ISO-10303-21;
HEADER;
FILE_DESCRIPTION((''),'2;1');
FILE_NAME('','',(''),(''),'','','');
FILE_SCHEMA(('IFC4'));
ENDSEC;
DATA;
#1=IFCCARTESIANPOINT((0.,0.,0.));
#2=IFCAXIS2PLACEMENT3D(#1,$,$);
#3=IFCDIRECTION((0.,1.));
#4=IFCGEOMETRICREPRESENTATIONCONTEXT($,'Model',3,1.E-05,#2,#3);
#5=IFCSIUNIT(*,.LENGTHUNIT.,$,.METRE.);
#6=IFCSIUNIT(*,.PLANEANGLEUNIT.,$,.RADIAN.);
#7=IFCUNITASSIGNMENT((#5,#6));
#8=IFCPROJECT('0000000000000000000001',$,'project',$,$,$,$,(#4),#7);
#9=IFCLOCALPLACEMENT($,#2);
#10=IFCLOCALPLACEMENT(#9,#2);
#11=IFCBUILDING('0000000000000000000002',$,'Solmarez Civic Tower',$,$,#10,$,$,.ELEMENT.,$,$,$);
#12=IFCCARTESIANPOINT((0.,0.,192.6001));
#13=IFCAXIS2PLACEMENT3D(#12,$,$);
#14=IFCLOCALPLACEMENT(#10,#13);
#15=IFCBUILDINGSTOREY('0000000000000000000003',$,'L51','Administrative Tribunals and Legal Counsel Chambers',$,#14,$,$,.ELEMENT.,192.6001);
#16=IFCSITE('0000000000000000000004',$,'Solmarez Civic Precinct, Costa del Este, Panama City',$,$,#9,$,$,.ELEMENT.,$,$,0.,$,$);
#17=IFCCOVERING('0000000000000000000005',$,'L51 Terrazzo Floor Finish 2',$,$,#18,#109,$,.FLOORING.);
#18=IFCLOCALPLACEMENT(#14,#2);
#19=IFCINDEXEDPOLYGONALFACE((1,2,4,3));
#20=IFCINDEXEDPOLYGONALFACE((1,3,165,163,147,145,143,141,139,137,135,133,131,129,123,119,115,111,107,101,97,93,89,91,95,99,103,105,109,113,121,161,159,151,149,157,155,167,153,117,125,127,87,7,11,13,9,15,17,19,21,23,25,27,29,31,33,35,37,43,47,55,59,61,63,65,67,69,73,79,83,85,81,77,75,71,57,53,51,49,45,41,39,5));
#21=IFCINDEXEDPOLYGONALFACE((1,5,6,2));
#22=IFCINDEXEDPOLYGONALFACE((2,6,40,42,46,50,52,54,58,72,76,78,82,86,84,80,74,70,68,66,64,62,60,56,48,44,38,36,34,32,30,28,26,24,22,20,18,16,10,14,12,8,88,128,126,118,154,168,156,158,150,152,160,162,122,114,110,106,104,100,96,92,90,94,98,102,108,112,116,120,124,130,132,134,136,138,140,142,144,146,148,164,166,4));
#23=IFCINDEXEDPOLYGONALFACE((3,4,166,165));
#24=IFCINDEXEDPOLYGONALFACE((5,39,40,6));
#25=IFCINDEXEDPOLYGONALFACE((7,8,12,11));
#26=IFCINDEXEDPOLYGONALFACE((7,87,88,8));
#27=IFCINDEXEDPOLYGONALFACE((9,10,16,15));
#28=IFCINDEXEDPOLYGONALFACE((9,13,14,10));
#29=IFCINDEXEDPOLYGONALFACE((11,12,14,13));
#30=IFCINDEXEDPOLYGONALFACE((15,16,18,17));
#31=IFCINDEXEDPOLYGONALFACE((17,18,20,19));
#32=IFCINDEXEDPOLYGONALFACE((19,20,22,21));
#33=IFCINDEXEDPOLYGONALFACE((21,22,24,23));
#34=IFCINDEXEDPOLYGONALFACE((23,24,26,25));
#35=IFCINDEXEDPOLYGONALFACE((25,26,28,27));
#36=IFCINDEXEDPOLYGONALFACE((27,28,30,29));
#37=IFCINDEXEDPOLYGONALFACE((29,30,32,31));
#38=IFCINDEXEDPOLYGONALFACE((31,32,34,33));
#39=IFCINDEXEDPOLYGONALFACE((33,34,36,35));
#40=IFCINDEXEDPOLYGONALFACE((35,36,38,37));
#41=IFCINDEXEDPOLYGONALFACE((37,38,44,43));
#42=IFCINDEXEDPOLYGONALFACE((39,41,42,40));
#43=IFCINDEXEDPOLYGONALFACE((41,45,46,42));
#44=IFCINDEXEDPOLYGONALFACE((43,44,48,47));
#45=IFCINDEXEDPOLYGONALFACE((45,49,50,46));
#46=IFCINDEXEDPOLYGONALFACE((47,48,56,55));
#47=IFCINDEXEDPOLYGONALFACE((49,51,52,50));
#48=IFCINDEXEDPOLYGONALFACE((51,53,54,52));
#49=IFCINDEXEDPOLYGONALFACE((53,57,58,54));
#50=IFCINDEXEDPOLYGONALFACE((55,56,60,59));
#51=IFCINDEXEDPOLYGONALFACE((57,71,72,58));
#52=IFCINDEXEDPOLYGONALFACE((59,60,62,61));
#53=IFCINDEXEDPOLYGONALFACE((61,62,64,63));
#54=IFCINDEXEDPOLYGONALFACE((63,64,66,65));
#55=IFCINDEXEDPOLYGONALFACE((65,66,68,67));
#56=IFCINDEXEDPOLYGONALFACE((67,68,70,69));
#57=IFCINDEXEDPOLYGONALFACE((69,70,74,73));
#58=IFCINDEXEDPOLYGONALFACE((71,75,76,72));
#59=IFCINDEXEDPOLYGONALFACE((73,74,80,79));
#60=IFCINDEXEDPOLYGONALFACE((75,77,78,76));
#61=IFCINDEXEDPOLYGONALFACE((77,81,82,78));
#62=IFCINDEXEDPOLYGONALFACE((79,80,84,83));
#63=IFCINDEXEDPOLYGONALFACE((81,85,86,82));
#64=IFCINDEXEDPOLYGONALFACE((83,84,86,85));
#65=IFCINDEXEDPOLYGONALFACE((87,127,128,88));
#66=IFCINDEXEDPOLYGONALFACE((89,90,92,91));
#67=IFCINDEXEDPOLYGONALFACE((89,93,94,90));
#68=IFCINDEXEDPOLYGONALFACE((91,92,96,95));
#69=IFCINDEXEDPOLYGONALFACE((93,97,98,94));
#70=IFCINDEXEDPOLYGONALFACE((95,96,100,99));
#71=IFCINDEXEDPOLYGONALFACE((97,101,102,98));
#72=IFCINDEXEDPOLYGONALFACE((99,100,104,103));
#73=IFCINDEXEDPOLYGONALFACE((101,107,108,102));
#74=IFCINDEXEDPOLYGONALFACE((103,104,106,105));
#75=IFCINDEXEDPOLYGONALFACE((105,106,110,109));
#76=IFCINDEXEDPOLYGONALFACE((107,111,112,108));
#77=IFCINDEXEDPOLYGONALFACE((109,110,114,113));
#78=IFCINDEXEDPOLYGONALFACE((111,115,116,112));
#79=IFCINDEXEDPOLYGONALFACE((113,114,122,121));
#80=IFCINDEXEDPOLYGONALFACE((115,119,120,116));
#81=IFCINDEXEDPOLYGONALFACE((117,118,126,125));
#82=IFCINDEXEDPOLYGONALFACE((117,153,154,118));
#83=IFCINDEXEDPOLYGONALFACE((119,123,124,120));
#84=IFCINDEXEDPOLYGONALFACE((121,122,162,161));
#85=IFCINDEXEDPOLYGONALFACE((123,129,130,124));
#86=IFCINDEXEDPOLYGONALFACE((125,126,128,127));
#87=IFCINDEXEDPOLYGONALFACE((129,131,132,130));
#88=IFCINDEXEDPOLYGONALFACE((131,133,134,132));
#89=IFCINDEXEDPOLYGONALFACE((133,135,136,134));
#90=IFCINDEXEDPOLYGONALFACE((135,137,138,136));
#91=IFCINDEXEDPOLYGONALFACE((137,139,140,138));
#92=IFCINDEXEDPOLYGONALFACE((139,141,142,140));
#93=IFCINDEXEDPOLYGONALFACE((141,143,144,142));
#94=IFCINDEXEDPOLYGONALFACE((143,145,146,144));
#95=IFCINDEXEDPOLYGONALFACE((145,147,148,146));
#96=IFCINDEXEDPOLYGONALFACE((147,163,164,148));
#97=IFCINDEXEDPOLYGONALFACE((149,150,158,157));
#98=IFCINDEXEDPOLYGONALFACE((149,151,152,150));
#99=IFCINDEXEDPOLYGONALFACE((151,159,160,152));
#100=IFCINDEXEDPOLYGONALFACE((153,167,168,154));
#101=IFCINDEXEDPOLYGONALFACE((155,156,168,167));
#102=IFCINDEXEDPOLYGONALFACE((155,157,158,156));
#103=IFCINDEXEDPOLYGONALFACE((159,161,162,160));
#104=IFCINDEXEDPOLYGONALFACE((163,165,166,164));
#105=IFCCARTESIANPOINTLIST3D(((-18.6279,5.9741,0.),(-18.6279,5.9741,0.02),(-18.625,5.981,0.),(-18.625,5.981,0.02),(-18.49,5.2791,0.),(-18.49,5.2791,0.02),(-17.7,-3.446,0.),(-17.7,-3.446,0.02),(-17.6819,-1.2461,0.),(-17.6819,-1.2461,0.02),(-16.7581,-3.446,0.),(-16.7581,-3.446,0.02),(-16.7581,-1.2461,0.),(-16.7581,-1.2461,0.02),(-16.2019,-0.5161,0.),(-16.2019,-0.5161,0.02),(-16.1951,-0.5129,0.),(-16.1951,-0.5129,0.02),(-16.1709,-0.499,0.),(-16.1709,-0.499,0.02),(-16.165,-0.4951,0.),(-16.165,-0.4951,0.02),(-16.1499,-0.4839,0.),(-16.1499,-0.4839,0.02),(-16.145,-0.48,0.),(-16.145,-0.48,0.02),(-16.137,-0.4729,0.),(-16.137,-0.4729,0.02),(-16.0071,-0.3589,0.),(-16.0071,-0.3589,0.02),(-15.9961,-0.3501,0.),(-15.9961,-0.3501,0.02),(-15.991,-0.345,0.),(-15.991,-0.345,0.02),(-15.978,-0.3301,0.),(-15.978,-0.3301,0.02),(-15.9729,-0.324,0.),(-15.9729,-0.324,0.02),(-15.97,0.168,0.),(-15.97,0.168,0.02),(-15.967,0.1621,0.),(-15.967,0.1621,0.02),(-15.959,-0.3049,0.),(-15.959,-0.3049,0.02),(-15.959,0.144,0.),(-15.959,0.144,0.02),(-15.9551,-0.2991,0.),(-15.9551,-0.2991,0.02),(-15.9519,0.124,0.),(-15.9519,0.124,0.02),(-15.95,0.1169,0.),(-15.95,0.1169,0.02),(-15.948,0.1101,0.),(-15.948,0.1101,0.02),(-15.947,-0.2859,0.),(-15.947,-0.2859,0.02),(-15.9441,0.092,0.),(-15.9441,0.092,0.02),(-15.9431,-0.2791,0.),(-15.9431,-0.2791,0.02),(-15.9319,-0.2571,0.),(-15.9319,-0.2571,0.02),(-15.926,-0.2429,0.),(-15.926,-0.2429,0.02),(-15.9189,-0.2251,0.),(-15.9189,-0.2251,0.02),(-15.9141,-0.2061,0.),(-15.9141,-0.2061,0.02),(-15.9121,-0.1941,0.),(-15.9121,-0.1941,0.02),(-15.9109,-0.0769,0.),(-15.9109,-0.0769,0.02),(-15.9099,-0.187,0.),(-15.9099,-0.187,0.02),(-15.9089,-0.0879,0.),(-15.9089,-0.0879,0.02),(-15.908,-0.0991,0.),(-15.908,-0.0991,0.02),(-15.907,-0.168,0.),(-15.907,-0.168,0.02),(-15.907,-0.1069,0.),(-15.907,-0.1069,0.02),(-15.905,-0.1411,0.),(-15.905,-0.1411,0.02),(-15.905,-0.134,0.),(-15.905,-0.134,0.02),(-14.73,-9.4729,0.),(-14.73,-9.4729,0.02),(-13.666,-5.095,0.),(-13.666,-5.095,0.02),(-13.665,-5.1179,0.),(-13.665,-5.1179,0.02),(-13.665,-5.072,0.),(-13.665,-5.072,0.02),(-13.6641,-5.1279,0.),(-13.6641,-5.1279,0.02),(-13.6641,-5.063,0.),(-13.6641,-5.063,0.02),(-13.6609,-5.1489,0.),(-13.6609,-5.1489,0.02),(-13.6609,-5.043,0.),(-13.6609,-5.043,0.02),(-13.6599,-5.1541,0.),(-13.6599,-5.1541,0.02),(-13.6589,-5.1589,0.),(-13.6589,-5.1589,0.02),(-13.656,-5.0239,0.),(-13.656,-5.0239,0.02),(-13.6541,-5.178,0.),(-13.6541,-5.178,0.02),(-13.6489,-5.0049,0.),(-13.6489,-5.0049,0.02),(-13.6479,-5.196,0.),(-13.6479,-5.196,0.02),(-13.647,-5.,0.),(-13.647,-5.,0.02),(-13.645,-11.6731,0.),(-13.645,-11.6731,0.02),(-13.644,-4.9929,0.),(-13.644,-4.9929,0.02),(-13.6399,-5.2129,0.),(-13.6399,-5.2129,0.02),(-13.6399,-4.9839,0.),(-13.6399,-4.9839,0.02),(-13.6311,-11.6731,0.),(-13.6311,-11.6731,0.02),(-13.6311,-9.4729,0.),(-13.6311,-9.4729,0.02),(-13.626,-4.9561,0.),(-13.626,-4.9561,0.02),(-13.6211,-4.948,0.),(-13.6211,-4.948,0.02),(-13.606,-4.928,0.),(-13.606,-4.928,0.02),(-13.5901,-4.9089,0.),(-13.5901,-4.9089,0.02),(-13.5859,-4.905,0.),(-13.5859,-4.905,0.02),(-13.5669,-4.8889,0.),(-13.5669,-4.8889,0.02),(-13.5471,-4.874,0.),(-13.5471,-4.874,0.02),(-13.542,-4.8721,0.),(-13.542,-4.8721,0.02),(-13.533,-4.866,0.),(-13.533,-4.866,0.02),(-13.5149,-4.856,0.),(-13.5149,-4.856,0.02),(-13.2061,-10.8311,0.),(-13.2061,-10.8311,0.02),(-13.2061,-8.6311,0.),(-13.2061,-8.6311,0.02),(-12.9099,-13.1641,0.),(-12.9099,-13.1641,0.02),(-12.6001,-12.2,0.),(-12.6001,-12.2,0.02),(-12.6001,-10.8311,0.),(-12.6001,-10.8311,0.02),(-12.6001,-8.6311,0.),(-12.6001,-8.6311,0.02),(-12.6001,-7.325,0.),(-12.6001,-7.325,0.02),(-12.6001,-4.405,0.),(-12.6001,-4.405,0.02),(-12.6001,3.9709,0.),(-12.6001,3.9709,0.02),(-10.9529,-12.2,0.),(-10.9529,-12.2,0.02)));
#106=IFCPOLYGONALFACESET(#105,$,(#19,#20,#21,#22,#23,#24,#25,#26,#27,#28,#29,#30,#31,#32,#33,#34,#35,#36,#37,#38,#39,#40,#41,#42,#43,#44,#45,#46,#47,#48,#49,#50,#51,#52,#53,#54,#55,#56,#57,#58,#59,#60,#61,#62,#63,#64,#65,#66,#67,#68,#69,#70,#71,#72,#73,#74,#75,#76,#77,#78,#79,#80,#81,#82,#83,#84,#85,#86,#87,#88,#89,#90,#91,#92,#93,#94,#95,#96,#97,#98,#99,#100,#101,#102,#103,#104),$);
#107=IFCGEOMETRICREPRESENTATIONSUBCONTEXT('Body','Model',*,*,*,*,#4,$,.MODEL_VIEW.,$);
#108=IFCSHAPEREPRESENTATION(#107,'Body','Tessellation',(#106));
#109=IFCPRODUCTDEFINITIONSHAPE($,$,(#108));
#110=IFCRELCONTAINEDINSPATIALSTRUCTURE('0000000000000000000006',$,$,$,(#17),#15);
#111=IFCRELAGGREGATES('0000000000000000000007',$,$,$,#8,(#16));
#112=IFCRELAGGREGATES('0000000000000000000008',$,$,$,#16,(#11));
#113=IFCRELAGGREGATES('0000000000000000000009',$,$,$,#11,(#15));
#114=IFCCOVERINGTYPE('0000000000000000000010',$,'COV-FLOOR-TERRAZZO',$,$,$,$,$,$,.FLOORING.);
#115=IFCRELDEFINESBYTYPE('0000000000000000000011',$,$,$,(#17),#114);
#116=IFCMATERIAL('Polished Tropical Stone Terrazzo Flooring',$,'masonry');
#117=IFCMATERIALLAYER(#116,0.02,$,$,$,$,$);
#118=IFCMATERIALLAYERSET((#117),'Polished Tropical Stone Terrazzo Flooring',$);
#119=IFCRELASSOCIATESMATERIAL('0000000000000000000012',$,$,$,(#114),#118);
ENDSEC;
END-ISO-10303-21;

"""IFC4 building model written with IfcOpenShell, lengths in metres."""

from ifc_helpers import new_model, si_unit, direction, frame, origin, place, context, subcontext, project, spatial, polyline, outline, extrude, material, layer, layer_set, type_object, element, save


model = new_model("IFC4")

# Units and contexts
model_context = context("Model", 3, precision=1e-05, world=origin(), true_north=direction((0.0, 1.0)))
body_context = subcontext(model_context, "Body", "Model", "MODEL_VIEW")
ifc_project = project(units=[si_unit("LENGTHUNIT", "METRE"), si_unit("PLANEANGLEUNIT", "RADIAN")], contexts=[model_context])

# Site, building, storey
site_placement = place(None, origin())
site = spatial("IfcSite", under=ifc_project, at=site_placement, Name="Solmarez Civic Precinct, Costa del Este, Panama City", CompositionType="ELEMENT", RefElevation=0.0)
building_placement = place(site_placement, origin())
building = spatial("IfcBuilding", under=site, at=building_placement, Name="Solmarez Civic Tower", CompositionType="ELEMENT")
storey_placement = place(building_placement, frame((0.0, 0.0, 192.6001)))
storey = spatial("IfcBuildingStorey", under=building, at=storey_placement, Name="L51", Description="Administrative Tribunals and Legal Counsel Chambers", CompositionType="ELEMENT", Elevation=192.6001)

# Covering
ifc_material_1 = material(Name="Polished Tropical Stone Terrazzo Flooring", Category="masonry")
ifc_layer_1 = layer(ifc_material_1, 0.02)
ifc_layer_set_1 = layer_set([ifc_layer_1], Name="Polished Tropical Stone Terrazzo Flooring")
covering_type_1 = type_object("IfcCoveringType", Name="COV-FLOOR-TERRAZZO", PredefinedType="FLOORING", material=ifc_layer_set_1)
covering_1_placement = place(storey_placement, origin())
element("IfcCovering", 1, at=covering_1_placement, inside=storey, type_object=covering_type_1, Name="L51 Terrazzo Floor Finish 2", PredefinedType="FLOORING", context=body_context, shape_type="SweptSolid", body=[
    extrude(outline(polyline([(-15.9141, -0.2061), (-15.9189, -0.2251), (-15.926, -0.2429), (-15.9319, -0.2571), (-15.9431, -0.2791), (-15.947, -0.2859), (-15.9551, -0.2991), (-15.959, -0.3049), (-15.9729, -0.324), (-15.978, -0.3301), (-15.991, -0.345), (-15.9961, -0.3501), (-16.0071, -0.3589), (-16.137, -0.4729), (-16.145, -0.48), (-16.1499, -0.4839), (-16.165, -0.4951), (-16.1709, -0.499), (-16.1951, -0.5129), (-16.2019, -0.5161), (-17.6819, -1.2461), (-16.7581, -1.2461), (-16.7581, -3.446), (-17.7, -3.446), (-14.73, -9.4729), (-13.6311, -9.4729), (-13.6311, -11.6731), (-13.645, -11.6731), (-12.9099, -13.1641), (-10.9529, -12.2), (-12.6001, -12.2), (-12.6001, -10.8311), (-13.2061, -10.8311), (-13.2061, -8.6311), (-12.6001, -8.6311), (-12.6001, -7.325), (-13.6399, -5.2129), (-13.6479, -5.196), (-13.6541, -5.178), (-13.6589, -5.1589), (-13.6599, -5.1541), (-13.6609, -5.1489), (-13.6641, -5.1279), (-13.665, -5.1179), (-13.666, -5.095), (-13.665, -5.072), (-13.6641, -5.063), (-13.6609, -5.043), (-13.656, -5.0239), (-13.6489, -5.0049), (-13.647, -5.0), (-13.644, -4.9929), (-13.6399, -4.9839), (-13.626, -4.9561), (-13.6211, -4.948), (-13.606, -4.928), (-13.5901, -4.9089), (-13.5859, -4.905), (-13.5669, -4.8889), (-13.5471, -4.874), (-13.542, -4.8721), (-13.533, -4.866), (-13.5149, -4.856), (-12.6001, -4.405), (-12.6001, 3.9709), (-18.625, 5.981), (-18.6279, 5.9741), (-18.49, 5.2791), (-15.97, 0.168), (-15.967, 0.1621), (-15.959, 0.144), (-15.9519, 0.124), (-15.95, 0.1169), (-15.948, 0.1101), (-15.9441, 0.092), (-15.9109, -0.0769), (-15.9089, -0.0879), (-15.908, -0.0991), (-15.907, -0.1069), (-15.905, -0.134), (-15.905, -0.1411), (-15.907, -0.168), (-15.9099, -0.187), (-15.9121, -0.1941), (-15.9141, -0.2061)])), origin(), (0.0, 0.0, 1.0), 0.02),
])

save(model, "model.ifc")
